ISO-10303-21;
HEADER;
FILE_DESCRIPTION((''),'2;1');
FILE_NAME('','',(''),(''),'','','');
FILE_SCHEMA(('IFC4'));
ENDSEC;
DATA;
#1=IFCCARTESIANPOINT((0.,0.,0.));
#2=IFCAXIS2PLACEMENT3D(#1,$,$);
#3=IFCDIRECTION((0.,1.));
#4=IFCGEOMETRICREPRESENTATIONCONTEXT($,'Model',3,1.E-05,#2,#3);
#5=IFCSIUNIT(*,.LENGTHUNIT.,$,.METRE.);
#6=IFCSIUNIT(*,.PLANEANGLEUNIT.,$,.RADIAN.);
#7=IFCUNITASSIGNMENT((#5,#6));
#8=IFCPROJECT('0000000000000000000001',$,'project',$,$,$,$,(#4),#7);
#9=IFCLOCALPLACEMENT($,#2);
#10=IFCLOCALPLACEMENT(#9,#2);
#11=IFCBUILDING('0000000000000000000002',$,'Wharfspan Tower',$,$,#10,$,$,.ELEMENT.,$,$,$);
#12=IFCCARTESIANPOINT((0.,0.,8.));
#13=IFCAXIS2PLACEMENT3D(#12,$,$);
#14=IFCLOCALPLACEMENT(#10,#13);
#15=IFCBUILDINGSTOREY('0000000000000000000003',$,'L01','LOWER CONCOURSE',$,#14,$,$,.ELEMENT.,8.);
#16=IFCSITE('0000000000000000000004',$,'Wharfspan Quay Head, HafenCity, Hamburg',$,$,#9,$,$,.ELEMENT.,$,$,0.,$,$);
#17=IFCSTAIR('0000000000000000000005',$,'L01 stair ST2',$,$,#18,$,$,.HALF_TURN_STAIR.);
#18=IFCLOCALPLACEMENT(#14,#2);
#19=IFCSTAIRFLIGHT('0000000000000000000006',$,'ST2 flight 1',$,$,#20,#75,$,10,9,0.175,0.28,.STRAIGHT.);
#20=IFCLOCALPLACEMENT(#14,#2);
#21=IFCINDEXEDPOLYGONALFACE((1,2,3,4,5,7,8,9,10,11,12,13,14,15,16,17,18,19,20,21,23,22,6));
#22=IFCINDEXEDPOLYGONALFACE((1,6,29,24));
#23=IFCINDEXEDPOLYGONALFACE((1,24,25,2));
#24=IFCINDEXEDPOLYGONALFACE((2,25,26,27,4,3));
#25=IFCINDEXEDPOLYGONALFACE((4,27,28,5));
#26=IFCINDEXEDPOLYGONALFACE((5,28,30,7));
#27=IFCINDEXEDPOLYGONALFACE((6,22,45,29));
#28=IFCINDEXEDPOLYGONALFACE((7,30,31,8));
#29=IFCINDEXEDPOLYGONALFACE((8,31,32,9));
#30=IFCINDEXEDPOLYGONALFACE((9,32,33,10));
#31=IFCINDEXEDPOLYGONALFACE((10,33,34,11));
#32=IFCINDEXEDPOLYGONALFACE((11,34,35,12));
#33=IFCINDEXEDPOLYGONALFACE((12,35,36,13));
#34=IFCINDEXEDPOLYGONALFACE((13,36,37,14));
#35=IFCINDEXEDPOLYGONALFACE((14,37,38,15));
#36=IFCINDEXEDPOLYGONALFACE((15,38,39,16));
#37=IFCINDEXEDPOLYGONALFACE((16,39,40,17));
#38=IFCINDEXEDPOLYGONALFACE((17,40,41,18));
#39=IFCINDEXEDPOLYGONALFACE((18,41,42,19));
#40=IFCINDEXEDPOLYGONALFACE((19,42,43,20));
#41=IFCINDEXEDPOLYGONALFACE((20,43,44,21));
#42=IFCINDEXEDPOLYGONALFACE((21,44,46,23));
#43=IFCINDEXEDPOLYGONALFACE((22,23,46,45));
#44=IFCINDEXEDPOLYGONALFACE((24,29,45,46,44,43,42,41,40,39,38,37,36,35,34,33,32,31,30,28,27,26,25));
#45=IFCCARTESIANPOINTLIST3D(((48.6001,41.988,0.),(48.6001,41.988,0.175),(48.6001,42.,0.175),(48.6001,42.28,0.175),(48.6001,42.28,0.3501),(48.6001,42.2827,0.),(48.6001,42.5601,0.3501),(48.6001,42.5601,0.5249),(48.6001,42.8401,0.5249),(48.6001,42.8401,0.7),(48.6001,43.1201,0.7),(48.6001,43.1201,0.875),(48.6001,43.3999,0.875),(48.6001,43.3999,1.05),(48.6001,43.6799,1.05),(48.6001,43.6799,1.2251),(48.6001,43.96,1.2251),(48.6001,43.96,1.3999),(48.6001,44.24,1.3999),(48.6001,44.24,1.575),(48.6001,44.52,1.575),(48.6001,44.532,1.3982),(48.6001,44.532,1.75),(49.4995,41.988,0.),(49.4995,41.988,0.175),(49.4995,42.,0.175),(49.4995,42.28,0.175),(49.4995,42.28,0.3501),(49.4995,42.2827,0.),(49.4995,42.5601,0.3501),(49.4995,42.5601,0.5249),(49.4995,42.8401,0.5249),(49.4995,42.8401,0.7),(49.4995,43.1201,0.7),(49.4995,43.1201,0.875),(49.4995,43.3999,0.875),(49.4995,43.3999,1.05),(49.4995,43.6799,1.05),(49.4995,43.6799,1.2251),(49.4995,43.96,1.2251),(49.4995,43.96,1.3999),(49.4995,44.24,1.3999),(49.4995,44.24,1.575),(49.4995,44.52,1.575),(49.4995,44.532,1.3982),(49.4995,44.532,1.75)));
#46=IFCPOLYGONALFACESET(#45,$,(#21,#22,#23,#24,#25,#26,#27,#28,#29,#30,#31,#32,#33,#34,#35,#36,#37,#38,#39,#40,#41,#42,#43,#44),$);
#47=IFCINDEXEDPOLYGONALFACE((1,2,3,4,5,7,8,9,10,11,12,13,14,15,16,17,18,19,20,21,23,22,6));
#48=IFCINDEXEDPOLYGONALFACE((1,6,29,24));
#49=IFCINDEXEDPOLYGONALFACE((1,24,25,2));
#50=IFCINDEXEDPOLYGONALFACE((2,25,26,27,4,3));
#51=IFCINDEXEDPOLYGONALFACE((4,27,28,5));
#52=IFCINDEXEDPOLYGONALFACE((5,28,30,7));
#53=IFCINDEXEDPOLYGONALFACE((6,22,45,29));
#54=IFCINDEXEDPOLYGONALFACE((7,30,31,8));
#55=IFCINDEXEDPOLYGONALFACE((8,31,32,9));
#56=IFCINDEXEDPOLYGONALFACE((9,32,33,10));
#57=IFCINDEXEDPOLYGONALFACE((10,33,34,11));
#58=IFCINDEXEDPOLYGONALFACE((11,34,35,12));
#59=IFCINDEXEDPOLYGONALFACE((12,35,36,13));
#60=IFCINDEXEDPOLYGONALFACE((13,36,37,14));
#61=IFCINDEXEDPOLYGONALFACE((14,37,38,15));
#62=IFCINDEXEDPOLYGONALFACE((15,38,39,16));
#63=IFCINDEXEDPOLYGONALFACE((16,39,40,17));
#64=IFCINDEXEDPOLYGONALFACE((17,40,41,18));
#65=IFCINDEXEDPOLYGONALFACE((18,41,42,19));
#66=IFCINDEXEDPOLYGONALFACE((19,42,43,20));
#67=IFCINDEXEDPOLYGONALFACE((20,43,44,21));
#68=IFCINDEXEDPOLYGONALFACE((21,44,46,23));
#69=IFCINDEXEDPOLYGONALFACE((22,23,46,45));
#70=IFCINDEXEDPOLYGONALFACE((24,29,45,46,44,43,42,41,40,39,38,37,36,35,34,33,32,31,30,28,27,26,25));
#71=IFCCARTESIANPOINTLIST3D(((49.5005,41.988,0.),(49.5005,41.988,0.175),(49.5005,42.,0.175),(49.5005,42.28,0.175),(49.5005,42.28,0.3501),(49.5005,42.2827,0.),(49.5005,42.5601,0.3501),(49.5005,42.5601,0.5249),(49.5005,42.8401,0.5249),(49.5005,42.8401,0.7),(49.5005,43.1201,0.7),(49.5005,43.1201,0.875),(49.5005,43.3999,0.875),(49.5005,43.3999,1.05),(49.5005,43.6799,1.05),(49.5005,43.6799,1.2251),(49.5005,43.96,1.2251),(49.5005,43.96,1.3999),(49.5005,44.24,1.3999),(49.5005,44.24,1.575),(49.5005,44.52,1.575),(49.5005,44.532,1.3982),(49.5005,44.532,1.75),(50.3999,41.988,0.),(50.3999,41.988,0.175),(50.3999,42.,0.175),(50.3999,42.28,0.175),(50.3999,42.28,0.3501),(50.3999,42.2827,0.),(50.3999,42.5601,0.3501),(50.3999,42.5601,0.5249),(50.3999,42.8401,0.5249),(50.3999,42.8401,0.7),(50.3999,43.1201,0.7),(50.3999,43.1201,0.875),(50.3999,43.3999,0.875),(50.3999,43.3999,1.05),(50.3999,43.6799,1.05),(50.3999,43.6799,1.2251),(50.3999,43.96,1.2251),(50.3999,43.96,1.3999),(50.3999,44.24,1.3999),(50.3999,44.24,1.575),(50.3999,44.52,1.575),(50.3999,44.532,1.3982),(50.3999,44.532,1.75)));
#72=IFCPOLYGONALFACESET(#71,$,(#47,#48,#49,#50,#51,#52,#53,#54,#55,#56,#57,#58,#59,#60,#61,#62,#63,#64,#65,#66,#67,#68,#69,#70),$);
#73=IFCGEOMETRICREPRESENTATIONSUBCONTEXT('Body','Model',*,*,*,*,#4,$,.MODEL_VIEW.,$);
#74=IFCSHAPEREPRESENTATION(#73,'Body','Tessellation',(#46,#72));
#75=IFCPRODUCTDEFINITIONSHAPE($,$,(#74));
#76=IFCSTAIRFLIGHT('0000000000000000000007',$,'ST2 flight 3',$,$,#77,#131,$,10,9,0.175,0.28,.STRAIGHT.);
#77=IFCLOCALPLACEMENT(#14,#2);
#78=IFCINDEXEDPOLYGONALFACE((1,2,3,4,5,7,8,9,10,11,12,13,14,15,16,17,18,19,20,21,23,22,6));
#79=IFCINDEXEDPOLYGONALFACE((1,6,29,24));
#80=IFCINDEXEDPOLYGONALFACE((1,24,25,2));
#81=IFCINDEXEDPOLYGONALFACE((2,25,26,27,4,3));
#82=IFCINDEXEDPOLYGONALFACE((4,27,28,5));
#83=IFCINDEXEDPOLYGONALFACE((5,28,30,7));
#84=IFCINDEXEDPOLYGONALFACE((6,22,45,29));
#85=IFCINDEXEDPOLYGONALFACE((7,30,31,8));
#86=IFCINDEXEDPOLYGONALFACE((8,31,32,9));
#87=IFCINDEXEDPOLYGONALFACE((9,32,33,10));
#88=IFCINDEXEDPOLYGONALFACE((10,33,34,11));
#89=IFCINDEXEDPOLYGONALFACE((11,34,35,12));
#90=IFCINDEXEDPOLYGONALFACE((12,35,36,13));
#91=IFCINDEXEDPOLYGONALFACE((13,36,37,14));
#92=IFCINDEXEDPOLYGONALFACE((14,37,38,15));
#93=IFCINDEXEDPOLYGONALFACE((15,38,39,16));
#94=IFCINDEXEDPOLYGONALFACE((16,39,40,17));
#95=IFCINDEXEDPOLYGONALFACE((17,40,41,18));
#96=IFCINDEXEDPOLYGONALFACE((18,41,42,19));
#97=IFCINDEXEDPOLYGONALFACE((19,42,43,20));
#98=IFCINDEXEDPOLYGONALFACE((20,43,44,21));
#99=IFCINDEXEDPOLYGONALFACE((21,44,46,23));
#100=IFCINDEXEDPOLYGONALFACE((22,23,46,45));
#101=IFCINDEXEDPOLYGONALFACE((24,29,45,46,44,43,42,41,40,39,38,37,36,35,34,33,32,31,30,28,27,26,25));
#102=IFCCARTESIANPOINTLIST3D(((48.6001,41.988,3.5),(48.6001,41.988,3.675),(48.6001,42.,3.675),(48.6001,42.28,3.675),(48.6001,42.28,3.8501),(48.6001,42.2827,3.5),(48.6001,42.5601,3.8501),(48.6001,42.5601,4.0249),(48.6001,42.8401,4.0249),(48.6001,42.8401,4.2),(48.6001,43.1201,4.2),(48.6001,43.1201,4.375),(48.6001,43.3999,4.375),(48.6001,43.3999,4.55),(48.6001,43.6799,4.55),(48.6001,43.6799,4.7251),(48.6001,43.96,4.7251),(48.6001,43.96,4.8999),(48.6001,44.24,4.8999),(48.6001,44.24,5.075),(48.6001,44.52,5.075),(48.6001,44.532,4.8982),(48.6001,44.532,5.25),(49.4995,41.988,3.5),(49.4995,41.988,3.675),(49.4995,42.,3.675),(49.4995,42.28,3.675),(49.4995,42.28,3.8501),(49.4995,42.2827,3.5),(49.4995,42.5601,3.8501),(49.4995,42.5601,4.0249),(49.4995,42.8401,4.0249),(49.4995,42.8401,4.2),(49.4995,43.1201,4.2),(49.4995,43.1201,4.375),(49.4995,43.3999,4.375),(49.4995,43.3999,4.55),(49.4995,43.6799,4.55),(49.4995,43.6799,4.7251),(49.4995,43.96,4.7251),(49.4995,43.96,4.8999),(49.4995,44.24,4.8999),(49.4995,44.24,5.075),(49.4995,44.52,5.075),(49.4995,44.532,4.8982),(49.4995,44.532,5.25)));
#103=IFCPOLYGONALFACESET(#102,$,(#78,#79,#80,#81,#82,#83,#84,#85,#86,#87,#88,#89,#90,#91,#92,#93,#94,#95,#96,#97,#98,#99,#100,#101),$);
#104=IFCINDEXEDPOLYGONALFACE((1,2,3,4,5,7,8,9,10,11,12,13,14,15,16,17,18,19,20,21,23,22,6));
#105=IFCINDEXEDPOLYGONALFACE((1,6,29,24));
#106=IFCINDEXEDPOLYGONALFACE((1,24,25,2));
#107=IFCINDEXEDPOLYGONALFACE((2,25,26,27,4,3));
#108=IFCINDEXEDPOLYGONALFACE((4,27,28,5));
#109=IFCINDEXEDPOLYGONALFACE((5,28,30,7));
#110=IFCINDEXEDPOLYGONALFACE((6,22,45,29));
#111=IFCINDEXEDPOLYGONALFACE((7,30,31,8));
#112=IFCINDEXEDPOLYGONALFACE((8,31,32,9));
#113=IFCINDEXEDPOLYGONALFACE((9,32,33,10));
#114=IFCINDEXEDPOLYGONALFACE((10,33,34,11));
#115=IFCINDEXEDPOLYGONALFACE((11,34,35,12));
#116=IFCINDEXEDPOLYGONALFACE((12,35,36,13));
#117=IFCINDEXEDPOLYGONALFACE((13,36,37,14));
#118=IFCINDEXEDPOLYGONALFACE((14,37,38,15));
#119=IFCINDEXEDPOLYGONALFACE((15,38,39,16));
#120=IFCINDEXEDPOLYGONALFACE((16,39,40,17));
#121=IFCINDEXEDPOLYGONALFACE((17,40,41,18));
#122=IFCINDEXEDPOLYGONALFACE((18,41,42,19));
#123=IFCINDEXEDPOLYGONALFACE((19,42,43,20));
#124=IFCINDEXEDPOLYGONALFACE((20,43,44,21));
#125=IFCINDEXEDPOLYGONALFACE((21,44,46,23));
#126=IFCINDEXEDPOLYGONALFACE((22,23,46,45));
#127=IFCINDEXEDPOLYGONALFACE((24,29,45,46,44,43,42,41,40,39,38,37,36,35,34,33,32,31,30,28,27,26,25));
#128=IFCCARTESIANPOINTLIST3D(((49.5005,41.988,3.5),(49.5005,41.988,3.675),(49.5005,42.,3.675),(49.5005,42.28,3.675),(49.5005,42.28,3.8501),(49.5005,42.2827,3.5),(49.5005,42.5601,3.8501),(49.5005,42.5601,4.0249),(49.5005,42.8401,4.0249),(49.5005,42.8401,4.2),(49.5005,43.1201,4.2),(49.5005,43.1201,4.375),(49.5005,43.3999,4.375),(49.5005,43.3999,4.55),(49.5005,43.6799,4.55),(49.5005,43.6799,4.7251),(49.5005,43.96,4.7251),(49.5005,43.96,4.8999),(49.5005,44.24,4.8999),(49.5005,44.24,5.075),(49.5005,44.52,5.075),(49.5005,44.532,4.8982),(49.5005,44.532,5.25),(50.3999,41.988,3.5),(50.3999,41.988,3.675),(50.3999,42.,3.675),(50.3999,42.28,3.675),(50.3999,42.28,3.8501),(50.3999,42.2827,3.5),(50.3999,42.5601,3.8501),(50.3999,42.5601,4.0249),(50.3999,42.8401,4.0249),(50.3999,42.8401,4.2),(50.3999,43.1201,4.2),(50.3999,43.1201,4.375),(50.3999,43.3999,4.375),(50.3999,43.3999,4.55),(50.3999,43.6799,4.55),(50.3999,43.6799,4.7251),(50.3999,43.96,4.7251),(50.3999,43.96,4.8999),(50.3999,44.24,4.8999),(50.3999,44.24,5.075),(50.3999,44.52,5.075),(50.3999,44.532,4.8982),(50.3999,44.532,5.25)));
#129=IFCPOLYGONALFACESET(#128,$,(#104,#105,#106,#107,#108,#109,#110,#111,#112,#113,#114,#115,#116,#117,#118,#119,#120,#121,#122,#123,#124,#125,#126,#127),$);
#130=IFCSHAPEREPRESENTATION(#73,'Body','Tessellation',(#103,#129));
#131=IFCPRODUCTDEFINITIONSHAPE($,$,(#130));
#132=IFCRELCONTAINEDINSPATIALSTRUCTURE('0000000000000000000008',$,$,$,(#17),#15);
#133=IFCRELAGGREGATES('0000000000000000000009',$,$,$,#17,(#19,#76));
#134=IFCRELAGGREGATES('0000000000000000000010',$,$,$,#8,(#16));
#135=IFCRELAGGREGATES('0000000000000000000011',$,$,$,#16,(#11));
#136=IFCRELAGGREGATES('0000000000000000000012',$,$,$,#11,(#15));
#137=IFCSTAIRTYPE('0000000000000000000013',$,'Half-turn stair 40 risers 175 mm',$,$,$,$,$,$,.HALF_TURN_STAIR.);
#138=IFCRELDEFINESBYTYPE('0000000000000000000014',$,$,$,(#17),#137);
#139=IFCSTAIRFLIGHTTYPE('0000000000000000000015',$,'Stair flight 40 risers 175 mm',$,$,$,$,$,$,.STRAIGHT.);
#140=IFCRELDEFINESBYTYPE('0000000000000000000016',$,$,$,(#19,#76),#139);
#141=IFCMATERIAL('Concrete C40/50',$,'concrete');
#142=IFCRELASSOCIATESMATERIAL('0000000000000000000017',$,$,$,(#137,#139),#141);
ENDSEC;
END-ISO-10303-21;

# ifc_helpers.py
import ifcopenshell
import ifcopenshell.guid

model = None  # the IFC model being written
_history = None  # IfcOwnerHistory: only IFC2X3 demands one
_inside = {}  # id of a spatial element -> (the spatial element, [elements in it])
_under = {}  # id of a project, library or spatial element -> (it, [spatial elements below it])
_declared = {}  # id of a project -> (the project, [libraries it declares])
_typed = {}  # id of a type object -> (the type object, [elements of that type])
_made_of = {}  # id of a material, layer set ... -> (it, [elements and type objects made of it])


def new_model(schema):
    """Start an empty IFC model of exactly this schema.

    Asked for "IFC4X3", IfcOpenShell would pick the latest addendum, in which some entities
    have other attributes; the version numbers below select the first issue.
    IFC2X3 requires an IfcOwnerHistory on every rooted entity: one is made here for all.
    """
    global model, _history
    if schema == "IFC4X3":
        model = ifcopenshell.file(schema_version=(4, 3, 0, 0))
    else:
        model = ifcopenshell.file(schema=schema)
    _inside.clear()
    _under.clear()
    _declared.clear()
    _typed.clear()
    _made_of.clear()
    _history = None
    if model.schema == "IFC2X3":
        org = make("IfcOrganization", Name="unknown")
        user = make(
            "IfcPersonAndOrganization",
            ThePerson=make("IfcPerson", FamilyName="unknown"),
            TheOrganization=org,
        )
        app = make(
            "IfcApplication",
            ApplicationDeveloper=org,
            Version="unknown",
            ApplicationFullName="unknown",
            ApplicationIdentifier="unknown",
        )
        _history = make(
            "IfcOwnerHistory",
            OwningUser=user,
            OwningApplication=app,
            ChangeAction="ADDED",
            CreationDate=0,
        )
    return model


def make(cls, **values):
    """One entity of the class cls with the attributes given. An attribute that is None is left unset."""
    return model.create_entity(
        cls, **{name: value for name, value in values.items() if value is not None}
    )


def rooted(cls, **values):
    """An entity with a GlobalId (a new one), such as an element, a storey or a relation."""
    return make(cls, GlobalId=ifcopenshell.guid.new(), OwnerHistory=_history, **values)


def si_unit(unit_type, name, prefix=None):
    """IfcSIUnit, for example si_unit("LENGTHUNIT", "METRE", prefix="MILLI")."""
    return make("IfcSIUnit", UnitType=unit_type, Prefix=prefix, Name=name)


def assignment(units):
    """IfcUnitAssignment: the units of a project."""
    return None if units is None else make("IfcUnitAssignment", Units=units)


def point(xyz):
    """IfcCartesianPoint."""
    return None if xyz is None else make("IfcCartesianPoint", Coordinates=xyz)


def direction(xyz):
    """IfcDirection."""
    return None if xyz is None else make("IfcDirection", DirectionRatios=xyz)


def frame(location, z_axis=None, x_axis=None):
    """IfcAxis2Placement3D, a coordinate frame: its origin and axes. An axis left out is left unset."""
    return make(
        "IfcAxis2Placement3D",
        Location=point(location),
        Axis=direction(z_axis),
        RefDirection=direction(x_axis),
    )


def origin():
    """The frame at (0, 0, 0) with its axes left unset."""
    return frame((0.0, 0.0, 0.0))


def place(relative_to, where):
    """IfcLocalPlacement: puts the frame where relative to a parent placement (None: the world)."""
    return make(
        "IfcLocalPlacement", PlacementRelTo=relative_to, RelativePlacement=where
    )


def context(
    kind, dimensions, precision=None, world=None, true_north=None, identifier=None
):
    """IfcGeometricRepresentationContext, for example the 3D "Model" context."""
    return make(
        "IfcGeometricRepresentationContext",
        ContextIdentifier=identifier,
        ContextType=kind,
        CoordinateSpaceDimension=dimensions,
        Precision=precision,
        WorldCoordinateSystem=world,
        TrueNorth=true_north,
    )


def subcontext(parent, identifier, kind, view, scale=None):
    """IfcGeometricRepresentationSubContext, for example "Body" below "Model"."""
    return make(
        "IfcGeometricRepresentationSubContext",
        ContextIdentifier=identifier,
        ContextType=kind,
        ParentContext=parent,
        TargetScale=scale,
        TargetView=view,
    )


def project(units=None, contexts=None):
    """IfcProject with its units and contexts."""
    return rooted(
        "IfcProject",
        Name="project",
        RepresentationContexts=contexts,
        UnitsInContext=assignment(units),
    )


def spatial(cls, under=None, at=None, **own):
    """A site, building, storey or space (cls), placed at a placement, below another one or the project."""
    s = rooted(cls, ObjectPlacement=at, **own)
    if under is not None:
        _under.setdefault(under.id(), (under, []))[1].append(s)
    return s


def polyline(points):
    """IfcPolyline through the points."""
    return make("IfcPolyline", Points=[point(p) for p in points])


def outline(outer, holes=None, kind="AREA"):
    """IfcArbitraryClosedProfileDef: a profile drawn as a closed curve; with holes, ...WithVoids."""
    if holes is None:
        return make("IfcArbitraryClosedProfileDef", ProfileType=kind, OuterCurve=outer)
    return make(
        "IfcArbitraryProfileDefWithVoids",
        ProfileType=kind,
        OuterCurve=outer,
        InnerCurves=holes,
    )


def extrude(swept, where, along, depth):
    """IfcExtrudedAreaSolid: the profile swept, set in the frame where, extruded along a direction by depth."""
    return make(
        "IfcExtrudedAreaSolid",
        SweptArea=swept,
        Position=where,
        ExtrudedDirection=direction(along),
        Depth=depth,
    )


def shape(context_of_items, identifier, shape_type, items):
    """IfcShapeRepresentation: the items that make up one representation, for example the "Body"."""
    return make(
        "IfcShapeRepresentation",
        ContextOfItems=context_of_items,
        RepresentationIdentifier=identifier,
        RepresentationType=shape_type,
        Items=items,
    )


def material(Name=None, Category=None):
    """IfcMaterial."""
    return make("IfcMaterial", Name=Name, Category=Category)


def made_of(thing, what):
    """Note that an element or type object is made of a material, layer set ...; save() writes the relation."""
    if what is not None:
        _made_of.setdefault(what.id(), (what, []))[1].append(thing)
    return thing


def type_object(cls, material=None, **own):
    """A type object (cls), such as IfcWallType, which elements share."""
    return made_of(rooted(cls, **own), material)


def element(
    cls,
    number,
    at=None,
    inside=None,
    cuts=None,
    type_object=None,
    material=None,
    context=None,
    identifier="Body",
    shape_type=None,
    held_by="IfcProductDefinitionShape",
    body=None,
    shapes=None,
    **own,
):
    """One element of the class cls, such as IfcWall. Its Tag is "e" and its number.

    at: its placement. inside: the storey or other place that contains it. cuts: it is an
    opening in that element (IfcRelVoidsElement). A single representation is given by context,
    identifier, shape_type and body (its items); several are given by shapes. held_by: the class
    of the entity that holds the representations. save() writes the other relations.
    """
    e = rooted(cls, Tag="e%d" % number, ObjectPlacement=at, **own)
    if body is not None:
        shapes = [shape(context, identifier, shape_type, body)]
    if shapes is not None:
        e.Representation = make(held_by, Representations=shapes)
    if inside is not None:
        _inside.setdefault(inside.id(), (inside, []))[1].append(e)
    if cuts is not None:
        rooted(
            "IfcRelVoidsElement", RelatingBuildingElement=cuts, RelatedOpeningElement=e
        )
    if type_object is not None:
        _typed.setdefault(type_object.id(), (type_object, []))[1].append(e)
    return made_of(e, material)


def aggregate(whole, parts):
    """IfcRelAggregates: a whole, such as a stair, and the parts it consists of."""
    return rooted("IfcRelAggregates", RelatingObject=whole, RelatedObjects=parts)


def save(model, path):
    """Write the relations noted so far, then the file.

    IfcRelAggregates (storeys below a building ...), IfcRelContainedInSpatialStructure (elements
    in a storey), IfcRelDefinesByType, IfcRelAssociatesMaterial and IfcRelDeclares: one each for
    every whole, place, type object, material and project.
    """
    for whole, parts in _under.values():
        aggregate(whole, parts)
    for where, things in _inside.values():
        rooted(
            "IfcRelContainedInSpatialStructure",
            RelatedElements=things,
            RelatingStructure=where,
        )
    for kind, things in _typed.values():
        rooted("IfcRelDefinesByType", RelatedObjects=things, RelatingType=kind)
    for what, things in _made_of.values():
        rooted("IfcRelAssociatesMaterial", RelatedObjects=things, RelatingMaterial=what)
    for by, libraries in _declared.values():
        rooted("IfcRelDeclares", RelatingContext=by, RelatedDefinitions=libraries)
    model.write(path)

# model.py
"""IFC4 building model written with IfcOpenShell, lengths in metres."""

from ifc_helpers import new_model, si_unit, direction, frame, origin, place, context, subcontext, project, spatial, polyline, outline, extrude, material, type_object, element, aggregate, save


model = new_model("IFC4")

# Units and contexts
model_context = context("Model", 3, precision=1e-05, world=origin(), true_north=direction((0.0, 1.0)))
body_context = subcontext(model_context, "Body", "Model", "MODEL_VIEW")
ifc_project = project(units=[si_unit("LENGTHUNIT", "METRE"), si_unit("PLANEANGLEUNIT", "RADIAN")], contexts=[model_context])

# Site, building, storey
site_placement = place(None, origin())
site = spatial("IfcSite", under=ifc_project, at=site_placement, Name="Wharfspan Quay Head, HafenCity, Hamburg", CompositionType="ELEMENT", RefElevation=0.0)
building_placement = place(site_placement, origin())
building = spatial("IfcBuilding", under=site, at=building_placement, Name="Wharfspan Tower", CompositionType="ELEMENT")
storey_placement = place(building_placement, frame((0.0, 0.0, 8.0)))
storey = spatial("IfcBuildingStorey", under=building, at=storey_placement, Name="L01", Description="LOWER CONCOURSE", CompositionType="ELEMENT", Elevation=8.0)

# Shared definitions
ifc_material_1 = material(Name="Concrete C40/50", Category="concrete")

# Stair, stair flights
stair_type = type_object("IfcStairType", Name="Half-turn stair 40 risers 175 mm", PredefinedType="HALF_TURN_STAIR", material=ifc_material_1)
stair_placement = place(storey_placement, origin())
stair = element("IfcStair", 1, at=stair_placement, inside=storey, type_object=stair_type, Name="L01 stair ST2", PredefinedType="HALF_TURN_STAIR")
stair_flight_type = type_object("IfcStairFlightType", Name="Stair flight 40 risers 175 mm", PredefinedType="STRAIGHT", material=ifc_material_1)
stair_flight_1_placement = place(storey_placement, frame((49.5, 42.0, 0.0), z_axis=(0.0, 0.0, 1.0), x_axis=(0.0, 1.0, 0.0)))
stair_flight_1 = element("IfcStairFlight", 2, at=stair_flight_1_placement, type_object=stair_flight_type, Name="ST2 flight 1", NumberOfRisers=10, NumberOfTreads=9, PredefinedType="STRAIGHT", RiserHeight=0.175, TreadLength=0.28, context=body_context, shape_type="SweptSolid", body=[
    extrude(outline(polyline([(-0.012, 0.0), (-0.012, 0.175), (0.0, 0.175), (0.28, 0.175), (0.28, 0.3501), (0.5601, 0.3501), (0.5601, 0.5249), (0.8401, 0.5249), (0.8401, 0.7), (1.1201, 0.7), (1.1201, 0.875), (1.3999, 0.875), (1.3999, 1.05), (1.6799, 1.05), (1.6799, 1.2251), (1.96, 1.2251), (1.96, 1.3999), (2.24, 1.3999), (2.24, 1.575), (2.52, 1.575), (2.532, 1.75), (2.532, 1.3982), (0.2827, 0.0), (-0.012, 0.0)])), frame((0.0, 0.8999, 0.0), z_axis=(0.0, -1.0, 0.0), x_axis=(1.0, 0.0, 0.0)), (0.0, 0.0, 1.0), 0.8994),
    extrude(outline(polyline([(-0.012, 0.0), (-0.012, 0.175), (0.0, 0.175), (0.28, 0.175), (0.28, 0.3501), (0.5601, 0.3501), (0.5601, 0.5249), (0.8401, 0.5249), (0.8401, 0.7), (1.1201, 0.7), (1.1201, 0.875), (1.3999, 0.875), (1.3999, 1.05), (1.6799, 1.05), (1.6799, 1.2251), (1.96, 1.2251), (1.96, 1.3999), (2.24, 1.3999), (2.24, 1.575), (2.52, 1.575), (2.532, 1.75), (2.532, 1.3982), (0.2827, 0.0), (-0.012, 0.0)])), frame((0.0, -0.0005, 0.0), z_axis=(0.0, -1.0, 0.0), x_axis=(1.0, 0.0, 0.0)), (0.0, 0.0, 1.0), 0.8994),
])
stair_flight_2_placement = place(storey_placement, frame((49.5, 42.0, 3.5), z_axis=(0.0, 0.0, 1.0), x_axis=(0.0, 1.0, 0.0)))
stair_flight_2 = element("IfcStairFlight", 3, at=stair_flight_2_placement, type_object=stair_flight_type, Name="ST2 flight 3", NumberOfRisers=10, NumberOfTreads=9, PredefinedType="STRAIGHT", RiserHeight=0.175, TreadLength=0.28, context=body_context, shape_type="SweptSolid", body=[
    extrude(outline(polyline([(-0.012, 0.0), (-0.012, 0.175), (0.0, 0.175), (0.28, 0.175), (0.28, 0.3501), (0.5601, 0.3501), (0.5601, 0.5249), (0.8401, 0.5249), (0.8401, 0.7), (1.1201, 0.7), (1.1201, 0.875), (1.3999, 0.875), (1.3999, 1.05), (1.6799, 1.05), (1.6799, 1.2251), (1.96, 1.2251), (1.96, 1.3999), (2.24, 1.3999), (2.24, 1.575), (2.52, 1.575), (2.532, 1.75), (2.532, 1.3982), (0.2827, 0.0), (-0.012, 0.0)])), frame((0.0, 0.8999, 0.0), z_axis=(0.0, -1.0, 0.0), x_axis=(1.0, 0.0, 0.0)), (0.0, 0.0, 1.0), 0.8994),
    extrude(outline(polyline([(-0.012, 0.0), (-0.012, 0.175), (0.0, 0.175), (0.28, 0.175), (0.28, 0.3501), (0.5601, 0.3501), (0.5601, 0.5249), (0.8401, 0.5249), (0.8401, 0.7), (1.1201, 0.7), (1.1201, 0.875), (1.3999, 0.875), (1.3999, 1.05), (1.6799, 1.05), (1.6799, 1.2251), (1.96, 1.2251), (1.96, 1.3999), (2.24, 1.3999), (2.24, 1.575), (2.52, 1.575), (2.532, 1.75), (2.532, 1.3982), (0.2827, 0.0), (-0.012, 0.0)])), frame((0.0, -0.0005, 0.0), z_axis=(0.0, -1.0, 0.0), x_axis=(1.0, 0.0, 0.0)), (0.0, 0.0, 1.0), 0.8994),
])
aggregate(stair, [stair_flight_1, stair_flight_2])

save(model, "model.ifc")
